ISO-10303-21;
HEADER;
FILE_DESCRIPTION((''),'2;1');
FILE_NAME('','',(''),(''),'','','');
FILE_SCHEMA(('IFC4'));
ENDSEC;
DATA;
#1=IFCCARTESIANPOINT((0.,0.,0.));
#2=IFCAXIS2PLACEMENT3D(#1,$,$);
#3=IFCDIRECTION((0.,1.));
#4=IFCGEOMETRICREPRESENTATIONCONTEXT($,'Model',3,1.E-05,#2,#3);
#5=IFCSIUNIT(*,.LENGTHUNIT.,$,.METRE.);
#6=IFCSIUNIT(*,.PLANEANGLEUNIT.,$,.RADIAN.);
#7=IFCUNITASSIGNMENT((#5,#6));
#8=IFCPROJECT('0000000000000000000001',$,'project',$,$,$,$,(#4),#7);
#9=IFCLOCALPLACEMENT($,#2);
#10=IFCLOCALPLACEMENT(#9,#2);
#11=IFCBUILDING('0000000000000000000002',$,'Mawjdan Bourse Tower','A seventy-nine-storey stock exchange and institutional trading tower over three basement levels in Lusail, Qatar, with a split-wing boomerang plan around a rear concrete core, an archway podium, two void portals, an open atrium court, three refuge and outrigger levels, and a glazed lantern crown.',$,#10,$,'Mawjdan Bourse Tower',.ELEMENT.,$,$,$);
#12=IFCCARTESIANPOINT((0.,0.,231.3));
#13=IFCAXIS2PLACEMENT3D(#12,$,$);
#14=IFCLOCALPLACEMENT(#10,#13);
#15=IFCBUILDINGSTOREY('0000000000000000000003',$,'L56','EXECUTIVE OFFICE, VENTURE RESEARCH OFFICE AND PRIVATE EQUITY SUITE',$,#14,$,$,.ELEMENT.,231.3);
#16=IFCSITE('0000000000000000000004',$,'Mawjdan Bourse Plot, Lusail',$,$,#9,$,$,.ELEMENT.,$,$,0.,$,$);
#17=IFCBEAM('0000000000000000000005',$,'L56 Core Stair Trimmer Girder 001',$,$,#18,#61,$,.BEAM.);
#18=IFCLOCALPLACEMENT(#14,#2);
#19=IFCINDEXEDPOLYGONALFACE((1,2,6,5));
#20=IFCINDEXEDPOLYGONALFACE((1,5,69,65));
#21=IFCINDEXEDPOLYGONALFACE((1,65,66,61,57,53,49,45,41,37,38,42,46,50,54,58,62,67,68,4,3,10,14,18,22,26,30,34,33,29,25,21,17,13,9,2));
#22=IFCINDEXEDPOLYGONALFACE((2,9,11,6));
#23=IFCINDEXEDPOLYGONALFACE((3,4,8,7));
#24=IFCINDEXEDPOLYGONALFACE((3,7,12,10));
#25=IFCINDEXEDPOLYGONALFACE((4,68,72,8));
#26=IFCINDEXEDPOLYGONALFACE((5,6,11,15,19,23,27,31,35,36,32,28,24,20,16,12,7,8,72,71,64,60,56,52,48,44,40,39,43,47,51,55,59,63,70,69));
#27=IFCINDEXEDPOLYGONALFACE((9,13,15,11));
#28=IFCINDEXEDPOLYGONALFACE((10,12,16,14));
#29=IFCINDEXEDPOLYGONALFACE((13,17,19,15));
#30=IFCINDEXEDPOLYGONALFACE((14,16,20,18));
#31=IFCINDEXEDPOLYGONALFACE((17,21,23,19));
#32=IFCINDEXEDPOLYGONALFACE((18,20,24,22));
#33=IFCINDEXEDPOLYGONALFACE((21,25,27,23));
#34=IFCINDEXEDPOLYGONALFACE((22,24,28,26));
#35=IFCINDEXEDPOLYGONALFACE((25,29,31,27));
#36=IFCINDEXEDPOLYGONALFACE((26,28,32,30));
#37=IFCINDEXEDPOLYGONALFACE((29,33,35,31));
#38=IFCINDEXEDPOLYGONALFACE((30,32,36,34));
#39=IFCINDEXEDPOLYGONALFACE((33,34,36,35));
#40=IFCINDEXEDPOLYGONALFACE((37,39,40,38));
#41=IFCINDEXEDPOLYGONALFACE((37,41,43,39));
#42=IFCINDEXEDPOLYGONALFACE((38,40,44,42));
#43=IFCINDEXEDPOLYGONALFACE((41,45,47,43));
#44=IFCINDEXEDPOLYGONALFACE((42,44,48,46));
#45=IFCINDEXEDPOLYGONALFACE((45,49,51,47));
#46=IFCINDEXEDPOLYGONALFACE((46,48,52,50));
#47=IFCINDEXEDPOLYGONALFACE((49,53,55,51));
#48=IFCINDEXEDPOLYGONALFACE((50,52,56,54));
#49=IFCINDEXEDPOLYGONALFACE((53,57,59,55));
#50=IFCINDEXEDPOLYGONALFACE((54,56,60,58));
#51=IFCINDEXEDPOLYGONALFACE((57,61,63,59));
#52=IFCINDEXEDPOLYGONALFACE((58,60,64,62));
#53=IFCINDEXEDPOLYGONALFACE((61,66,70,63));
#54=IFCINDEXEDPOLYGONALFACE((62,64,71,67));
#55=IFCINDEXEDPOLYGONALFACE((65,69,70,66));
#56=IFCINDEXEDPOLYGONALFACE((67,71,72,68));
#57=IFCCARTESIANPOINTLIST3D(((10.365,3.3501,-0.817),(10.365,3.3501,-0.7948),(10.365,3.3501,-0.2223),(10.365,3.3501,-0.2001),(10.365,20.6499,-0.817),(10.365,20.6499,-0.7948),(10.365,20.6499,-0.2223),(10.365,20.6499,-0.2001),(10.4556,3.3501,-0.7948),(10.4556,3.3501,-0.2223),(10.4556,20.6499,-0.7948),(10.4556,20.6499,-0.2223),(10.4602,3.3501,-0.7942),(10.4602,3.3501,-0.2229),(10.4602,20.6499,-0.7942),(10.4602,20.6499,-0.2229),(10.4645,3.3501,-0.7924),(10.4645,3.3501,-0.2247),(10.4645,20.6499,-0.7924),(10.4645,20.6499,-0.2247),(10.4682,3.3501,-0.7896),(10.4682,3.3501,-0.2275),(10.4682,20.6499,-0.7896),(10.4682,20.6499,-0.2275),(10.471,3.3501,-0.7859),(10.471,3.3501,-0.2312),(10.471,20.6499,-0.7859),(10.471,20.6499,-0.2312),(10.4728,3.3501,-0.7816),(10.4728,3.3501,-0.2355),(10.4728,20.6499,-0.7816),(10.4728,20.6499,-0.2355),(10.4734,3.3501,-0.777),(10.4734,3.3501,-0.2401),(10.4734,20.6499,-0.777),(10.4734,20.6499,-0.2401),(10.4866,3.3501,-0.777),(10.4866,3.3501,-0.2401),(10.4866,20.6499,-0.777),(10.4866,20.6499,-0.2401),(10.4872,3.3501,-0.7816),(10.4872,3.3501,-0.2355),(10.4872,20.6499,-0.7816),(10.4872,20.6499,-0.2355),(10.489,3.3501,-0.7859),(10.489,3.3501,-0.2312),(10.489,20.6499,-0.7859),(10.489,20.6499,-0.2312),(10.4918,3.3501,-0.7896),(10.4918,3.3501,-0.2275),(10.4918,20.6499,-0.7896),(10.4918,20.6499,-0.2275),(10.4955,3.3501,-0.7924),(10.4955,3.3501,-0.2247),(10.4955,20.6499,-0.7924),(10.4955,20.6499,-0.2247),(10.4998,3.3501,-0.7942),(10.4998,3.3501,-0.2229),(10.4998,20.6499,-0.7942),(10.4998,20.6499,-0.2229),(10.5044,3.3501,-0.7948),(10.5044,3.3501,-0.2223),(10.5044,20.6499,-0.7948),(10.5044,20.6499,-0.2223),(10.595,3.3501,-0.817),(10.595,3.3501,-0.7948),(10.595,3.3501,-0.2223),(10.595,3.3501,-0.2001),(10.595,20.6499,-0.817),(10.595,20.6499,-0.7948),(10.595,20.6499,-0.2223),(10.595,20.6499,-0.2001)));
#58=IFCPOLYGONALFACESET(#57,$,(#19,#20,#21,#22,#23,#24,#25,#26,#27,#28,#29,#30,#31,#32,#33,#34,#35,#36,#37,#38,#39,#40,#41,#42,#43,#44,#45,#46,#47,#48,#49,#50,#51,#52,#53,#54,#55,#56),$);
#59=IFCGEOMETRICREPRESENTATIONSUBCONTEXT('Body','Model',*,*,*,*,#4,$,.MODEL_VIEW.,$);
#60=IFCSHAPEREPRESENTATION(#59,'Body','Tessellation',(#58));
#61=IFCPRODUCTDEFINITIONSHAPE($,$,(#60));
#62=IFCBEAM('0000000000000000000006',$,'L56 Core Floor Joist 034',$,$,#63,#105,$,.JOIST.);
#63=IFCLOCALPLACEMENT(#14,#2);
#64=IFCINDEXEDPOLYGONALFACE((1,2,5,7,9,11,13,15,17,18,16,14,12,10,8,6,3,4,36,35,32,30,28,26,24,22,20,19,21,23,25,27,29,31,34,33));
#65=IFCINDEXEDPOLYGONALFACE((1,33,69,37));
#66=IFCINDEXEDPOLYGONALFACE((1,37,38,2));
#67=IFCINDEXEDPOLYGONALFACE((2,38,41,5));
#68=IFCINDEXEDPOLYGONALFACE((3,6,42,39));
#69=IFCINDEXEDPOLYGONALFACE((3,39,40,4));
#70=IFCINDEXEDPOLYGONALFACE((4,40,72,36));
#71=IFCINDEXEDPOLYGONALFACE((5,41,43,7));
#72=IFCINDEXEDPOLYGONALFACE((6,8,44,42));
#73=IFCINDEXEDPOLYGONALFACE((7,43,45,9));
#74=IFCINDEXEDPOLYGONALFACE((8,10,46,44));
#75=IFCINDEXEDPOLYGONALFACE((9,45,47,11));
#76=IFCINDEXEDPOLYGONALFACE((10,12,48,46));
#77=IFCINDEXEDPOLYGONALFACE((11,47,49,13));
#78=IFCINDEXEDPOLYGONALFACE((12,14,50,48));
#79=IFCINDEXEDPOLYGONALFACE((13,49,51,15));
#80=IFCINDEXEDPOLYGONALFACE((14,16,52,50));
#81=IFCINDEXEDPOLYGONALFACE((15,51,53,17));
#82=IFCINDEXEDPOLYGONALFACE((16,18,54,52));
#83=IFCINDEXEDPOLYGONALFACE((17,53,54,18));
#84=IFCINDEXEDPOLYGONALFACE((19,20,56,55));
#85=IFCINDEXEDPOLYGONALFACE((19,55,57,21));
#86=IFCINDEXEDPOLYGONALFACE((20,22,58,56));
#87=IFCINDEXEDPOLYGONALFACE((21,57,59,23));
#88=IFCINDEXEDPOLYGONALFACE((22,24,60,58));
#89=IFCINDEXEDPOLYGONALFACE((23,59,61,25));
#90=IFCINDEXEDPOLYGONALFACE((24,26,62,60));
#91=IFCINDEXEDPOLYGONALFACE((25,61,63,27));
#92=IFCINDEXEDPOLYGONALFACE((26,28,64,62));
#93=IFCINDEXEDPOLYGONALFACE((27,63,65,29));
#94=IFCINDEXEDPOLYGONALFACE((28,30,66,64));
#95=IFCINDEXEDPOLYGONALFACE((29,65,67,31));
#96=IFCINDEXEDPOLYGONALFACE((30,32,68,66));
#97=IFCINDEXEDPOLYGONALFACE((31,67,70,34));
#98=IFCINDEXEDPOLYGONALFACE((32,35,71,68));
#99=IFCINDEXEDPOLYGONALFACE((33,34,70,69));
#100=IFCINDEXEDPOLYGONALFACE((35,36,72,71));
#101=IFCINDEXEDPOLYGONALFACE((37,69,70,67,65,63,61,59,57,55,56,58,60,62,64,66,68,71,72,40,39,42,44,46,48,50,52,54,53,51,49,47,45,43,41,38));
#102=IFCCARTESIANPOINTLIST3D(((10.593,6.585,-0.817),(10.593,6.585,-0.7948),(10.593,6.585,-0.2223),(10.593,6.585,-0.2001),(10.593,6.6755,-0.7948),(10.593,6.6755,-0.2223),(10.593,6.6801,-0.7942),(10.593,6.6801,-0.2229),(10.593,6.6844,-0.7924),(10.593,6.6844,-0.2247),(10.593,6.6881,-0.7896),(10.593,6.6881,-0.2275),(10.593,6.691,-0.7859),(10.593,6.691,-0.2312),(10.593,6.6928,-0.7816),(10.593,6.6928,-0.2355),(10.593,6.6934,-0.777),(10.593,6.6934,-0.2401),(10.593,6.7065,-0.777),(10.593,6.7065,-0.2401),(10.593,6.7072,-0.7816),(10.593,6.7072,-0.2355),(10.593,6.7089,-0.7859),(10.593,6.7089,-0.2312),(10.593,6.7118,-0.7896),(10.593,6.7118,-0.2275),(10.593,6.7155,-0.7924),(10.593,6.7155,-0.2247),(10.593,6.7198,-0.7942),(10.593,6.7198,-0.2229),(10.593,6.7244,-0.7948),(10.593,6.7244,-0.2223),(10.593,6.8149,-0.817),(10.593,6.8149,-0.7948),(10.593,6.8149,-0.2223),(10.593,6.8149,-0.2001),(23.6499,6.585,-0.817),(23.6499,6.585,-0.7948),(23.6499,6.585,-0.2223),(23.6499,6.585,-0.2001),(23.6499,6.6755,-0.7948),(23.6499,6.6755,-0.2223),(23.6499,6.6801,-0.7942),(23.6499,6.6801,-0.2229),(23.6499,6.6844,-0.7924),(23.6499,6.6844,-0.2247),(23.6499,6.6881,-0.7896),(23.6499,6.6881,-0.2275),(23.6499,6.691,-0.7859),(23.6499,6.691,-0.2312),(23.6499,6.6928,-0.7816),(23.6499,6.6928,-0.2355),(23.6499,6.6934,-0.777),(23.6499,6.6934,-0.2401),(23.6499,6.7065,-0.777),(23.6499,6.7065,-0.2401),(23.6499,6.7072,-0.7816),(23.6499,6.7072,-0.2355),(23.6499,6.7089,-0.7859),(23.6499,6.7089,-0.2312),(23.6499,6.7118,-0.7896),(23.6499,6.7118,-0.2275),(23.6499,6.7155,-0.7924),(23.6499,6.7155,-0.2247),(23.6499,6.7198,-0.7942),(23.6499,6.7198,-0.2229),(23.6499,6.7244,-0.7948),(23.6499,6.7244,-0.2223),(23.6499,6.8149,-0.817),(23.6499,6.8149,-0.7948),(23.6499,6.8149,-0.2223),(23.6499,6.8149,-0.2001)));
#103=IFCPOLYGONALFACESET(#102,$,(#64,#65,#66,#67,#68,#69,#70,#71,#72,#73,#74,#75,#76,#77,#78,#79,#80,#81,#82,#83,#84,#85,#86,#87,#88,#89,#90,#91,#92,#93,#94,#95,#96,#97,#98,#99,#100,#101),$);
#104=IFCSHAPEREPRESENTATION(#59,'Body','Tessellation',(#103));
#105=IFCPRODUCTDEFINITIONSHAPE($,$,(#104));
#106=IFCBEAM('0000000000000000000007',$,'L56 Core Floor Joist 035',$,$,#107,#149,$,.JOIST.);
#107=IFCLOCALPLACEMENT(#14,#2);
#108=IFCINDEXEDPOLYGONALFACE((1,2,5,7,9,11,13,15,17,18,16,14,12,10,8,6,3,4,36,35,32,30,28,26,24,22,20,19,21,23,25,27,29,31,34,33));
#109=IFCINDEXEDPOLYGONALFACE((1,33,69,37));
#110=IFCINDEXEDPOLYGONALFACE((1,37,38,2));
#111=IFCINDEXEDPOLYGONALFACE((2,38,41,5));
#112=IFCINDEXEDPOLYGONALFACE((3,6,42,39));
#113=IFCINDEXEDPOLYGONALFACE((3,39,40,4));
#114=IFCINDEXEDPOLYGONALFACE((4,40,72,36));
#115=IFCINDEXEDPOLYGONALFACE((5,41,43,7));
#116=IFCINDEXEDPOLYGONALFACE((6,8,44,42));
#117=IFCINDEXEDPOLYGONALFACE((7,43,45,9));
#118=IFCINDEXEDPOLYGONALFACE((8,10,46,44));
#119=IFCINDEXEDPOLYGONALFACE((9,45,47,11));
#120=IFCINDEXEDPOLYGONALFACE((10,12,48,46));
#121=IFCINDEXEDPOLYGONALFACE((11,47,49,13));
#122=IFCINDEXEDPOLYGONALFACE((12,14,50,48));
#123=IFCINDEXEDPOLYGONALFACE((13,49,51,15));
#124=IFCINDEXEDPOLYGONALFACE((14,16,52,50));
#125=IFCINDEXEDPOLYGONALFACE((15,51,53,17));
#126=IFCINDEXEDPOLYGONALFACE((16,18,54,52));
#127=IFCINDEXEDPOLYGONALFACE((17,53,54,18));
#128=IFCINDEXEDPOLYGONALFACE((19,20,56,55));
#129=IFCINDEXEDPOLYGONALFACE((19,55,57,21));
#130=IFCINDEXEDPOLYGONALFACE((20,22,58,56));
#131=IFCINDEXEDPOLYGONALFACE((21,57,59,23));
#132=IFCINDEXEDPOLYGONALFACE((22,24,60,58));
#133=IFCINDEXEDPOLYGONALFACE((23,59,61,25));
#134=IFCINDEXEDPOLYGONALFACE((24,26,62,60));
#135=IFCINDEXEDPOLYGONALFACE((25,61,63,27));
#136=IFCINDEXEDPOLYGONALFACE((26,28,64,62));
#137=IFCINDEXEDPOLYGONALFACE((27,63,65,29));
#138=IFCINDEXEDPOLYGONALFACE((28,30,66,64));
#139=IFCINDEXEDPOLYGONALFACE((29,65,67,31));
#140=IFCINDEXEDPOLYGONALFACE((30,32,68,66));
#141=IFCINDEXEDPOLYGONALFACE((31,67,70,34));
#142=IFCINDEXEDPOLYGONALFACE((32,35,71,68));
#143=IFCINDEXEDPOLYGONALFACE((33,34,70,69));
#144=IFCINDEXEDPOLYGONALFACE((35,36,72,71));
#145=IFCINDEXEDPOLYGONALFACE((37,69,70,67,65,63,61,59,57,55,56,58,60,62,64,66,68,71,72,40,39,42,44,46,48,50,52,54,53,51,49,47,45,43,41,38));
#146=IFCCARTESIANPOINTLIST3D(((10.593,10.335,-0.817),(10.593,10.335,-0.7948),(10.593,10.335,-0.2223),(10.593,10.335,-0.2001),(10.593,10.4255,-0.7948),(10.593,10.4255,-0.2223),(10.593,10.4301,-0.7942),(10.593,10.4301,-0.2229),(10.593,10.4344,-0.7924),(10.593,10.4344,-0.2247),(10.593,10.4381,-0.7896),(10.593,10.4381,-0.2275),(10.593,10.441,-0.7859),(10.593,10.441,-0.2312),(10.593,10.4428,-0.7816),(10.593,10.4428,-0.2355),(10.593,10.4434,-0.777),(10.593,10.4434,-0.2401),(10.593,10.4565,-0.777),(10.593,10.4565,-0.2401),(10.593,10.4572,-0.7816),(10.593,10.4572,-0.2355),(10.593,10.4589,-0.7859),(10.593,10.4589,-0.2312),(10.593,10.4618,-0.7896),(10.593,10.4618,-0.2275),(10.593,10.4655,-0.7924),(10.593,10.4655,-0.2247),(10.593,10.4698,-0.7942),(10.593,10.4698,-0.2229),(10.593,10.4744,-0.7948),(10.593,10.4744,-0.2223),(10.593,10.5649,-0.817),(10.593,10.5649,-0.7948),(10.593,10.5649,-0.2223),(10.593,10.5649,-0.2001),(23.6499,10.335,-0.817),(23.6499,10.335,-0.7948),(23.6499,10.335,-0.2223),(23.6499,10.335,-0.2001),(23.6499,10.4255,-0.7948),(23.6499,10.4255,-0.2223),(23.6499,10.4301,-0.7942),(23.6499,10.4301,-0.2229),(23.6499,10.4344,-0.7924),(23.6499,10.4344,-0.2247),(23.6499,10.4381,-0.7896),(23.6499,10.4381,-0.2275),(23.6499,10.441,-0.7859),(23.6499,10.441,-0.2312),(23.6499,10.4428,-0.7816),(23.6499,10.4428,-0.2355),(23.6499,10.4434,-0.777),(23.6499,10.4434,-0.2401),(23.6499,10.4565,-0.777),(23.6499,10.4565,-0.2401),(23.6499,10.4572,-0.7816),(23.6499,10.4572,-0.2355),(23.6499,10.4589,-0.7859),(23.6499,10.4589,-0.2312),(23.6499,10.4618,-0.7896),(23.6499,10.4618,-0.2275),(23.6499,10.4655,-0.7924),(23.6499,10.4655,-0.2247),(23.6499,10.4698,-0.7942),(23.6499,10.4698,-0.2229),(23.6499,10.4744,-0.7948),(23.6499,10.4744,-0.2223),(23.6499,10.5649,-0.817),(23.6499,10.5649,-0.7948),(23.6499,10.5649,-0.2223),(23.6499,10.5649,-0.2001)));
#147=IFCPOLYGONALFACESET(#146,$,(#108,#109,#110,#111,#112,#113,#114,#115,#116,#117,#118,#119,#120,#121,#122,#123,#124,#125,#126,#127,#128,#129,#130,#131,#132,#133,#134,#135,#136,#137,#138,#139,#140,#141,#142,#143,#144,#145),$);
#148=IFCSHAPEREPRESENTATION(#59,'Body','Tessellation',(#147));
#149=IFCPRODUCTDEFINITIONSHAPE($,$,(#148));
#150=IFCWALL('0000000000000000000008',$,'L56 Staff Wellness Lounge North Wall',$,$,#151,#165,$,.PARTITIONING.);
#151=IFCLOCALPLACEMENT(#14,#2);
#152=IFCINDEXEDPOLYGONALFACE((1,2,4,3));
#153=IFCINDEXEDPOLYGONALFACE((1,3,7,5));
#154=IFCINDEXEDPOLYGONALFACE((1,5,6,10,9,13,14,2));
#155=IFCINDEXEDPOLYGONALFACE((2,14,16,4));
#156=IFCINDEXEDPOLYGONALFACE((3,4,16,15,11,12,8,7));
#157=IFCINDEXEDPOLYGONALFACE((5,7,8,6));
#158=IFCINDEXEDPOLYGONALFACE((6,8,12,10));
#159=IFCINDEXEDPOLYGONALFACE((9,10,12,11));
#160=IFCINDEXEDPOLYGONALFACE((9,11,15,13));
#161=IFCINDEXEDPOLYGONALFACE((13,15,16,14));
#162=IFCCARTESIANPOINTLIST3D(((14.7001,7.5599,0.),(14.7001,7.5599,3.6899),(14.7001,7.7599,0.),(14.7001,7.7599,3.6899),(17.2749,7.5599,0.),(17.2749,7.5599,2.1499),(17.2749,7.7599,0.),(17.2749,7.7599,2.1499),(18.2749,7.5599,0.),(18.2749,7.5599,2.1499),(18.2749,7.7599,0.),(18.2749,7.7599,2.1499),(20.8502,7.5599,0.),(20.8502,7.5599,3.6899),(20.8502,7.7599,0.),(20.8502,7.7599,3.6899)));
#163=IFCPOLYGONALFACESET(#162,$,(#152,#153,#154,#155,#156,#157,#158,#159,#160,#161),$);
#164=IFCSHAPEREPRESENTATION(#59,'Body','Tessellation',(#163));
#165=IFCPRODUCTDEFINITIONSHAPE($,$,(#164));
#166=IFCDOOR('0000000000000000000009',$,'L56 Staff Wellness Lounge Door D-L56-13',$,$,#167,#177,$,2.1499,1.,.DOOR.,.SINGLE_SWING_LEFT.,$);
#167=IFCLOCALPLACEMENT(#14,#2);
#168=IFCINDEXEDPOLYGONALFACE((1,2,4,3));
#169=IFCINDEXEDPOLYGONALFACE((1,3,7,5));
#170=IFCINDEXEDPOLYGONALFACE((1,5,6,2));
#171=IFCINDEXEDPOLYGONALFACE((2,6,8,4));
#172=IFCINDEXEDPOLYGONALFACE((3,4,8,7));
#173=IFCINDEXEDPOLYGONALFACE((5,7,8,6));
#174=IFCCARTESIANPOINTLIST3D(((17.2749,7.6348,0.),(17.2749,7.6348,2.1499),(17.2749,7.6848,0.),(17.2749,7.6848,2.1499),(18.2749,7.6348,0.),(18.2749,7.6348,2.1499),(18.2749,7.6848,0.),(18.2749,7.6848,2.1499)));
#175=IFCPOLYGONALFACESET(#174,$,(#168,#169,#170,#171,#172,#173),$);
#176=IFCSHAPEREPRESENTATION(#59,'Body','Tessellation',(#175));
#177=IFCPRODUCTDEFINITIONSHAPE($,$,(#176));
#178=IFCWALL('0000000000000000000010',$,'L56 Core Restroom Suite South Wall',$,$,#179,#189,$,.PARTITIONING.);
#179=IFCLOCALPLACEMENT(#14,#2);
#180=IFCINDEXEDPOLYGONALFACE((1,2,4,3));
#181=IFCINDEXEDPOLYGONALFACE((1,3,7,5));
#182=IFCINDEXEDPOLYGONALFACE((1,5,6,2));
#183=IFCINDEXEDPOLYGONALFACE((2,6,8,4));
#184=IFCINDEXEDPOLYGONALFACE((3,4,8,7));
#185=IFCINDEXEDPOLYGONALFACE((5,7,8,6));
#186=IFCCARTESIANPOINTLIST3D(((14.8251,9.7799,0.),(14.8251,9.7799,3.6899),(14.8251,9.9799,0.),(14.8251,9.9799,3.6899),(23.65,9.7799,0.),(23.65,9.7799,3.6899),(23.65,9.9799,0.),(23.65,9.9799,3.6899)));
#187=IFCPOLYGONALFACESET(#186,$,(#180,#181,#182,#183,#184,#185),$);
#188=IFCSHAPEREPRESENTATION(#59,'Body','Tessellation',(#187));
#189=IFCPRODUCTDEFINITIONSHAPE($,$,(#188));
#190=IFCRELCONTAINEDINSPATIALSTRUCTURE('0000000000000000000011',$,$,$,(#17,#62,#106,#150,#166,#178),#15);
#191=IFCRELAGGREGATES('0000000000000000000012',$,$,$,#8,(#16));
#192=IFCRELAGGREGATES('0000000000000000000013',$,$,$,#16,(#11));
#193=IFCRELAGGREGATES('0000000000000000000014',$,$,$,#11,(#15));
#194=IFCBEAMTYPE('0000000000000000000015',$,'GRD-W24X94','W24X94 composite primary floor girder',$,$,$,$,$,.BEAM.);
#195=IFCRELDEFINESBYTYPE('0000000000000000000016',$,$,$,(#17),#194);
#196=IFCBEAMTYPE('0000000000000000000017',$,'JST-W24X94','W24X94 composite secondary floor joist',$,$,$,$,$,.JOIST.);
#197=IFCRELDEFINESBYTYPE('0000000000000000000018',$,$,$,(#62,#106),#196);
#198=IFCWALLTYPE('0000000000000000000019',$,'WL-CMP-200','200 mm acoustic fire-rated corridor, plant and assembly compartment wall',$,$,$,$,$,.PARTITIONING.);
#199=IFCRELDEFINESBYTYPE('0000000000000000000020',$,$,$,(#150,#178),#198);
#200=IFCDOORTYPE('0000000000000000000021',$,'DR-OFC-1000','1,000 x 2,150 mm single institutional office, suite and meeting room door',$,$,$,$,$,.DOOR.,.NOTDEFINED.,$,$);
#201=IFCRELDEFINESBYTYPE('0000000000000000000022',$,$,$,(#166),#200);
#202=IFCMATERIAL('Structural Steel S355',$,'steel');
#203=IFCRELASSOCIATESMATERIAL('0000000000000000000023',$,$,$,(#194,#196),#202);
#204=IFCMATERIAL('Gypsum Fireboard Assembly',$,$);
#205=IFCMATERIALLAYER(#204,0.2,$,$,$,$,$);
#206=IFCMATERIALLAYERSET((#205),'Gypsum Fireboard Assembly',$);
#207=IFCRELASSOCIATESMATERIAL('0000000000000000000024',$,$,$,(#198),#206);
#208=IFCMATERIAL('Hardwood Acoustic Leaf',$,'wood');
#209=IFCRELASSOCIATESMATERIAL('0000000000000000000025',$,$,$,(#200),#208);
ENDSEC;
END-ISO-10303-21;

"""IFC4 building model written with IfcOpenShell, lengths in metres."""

from ifc_helpers import new_model, si_unit, direction, frame, frame_2d, origin, origin_2d, place, context, subcontext, project, spatial, rectangle, i_section, extrude, material, layer, layer_set, material_profile, profile_set, type_object, element, fill, save


model = new_model("IFC4")

# Units and contexts
model_context = context("Model", 3, precision=1e-05, world=origin(), true_north=direction((0.0, 1.0)))
body_context = subcontext(model_context, "Body", "Model", "MODEL_VIEW")
ifc_project = project(units=[si_unit("LENGTHUNIT", "METRE"), si_unit("PLANEANGLEUNIT", "RADIAN")], contexts=[model_context])

# Site, building, storey
site_placement = place(None, origin())
site = spatial("IfcSite", under=ifc_project, at=site_placement, Name="Mawjdan Bourse Plot, Lusail", CompositionType="ELEMENT", RefElevation=0.0)
building_placement = place(site_placement, origin())
building = spatial("IfcBuilding", under=site, at=building_placement, Name="Mawjdan Bourse Tower", Description="A seventy-nine-storey stock exchange and institutional trading tower over three basement levels in Lusail, Qatar, with a split-wing boomerang plan around a rear concrete core, an archway podium, two void portals, an open atrium court, three refuge and outrigger levels, and a glazed lantern crown.", LongName="Mawjdan Bourse Tower", CompositionType="ELEMENT")
storey_placement = place(building_placement, frame((0.0, 0.0, 231.3)))
storey = spatial("IfcBuildingStorey", under=building, at=storey_placement, Name="L56", Description="EXECUTIVE OFFICE, VENTURE RESEARCH OFFICE AND PRIVATE EQUITY SUITE", CompositionType="ELEMENT", Elevation=231.3)

# Beams
ifc_material_1 = material(Name="Structural Steel S355", Category="steel")
ifc_material_profile_1 = material_profile(ifc_material_1, i_section(OverallWidth=0.23, OverallDepth=0.6169, WebThickness=0.0132, FlangeThickness=0.0222, FilletRadius=0.0178, at=origin_2d()), Name="W24X94")
ifc_profile_set_1 = profile_set([ifc_material_profile_1], Name="Structural Steel S355")
beam_type_1 = type_object("IfcBeamType", Name="GRD-W24X94", Description="W24X94 composite primary floor girder", PredefinedType="BEAM", material=ifc_profile_set_1)
beam_placement = place(storey_placement, frame((10.48, 3.3501, -0.5085), z_axis=(0.0, 1.0, 0.0), x_axis=(-1.0, 0.0, 0.0)))
element("IfcBeam", 1, at=beam_placement, inside=storey, type_object=beam_type_1, Name="L56 Core Stair Trimmer Girder 001", PredefinedType="BEAM", context=body_context, shape_type="SweptSolid", body=[
    extrude(i_section(OverallWidth=0.23, OverallDepth=0.6169, WebThickness=0.0132, FlangeThickness=0.0222, FilletRadius=0.0178, at=origin_2d()), origin(), (0.0, 0.0, 1.0), 17.2998),
])
ifc_material_profile_2 = material_profile(ifc_material_1, i_section(OverallWidth=0.23, OverallDepth=0.6169, WebThickness=0.0132, FlangeThickness=0.0222, FilletRadius=0.0178, at=origin_2d()), Name="W24X94")
ifc_profile_set_2 = profile_set([ifc_material_profile_2], Name="Structural Steel S355")
beam_type_2 = type_object("IfcBeamType", Name="JST-W24X94", Description="W24X94 composite secondary floor joist", PredefinedType="JOIST", material=ifc_profile_set_2)
for number, where, z_axis, x_axis, name in (
    (2, (10.593, 6.7, -0.5085), (1.0, 0.0, 0.0), (0.0, 1.0, 0.0), "L56 Core Floor Joist 034"),
    (3, (10.593, 10.45, -0.5085), (1.0, 0.0, 0.0), (0.0, 1.0, 0.0), "L56 Core Floor Joist 035"),
):
    element("IfcBeam", number, at=place(storey_placement, frame(where, z_axis=z_axis, x_axis=x_axis)), inside=storey, type_object=beam_type_2, Name=name, PredefinedType="JOIST", context=body_context, shape_type="SweptSolid", body=[
        extrude(i_section(OverallWidth=0.23, OverallDepth=0.6169, WebThickness=0.0132, FlangeThickness=0.0222, FilletRadius=0.0178, at=origin_2d()), origin(), (0.0, 0.0, 1.0), 13.0569),
    ])

# Wall, opening, door
ifc_material_2 = material(Name="Gypsum Fireboard Assembly")
ifc_layer_1 = layer(ifc_material_2, 0.2)
ifc_layer_set_1 = layer_set([ifc_layer_1], Name="Gypsum Fireboard Assembly")
wall_type_1 = type_object("IfcWallType", Name="WL-CMP-200", Description="200 mm acoustic fire-rated corridor, plant and assembly compartment wall", PredefinedType="PARTITIONING", material=ifc_layer_set_1)
wall_1_placement = place(storey_placement, frame((14.7, 7.6599, 0.0), z_axis=(0.0, 0.0, 1.0), x_axis=(1.0, 0.0, 0.0)))
wall_1 = element("IfcWall", 4, at=wall_1_placement, inside=storey, type_object=wall_type_1, Name="L56 Staff Wellness Lounge North Wall", PredefinedType="PARTITIONING", context=body_context, shape_type="SweptSolid", body=[
    extrude(rectangle(XDim=6.1501, YDim=0.2, at=frame_2d((3.0752, 0.0))), origin(), (0.0, 0.0, 1.0), 3.6899),
])
opening_1_placement = place(wall_1_placement, frame((2.575, 0.0, 0.0)))
opening_1 = element("IfcOpeningElement", 5, at=opening_1_placement, cuts=wall_1, PredefinedType="OPENING", context=body_context, shape_type="SweptSolid", body=[
    extrude(rectangle(XDim=1.0, YDim=2.1499, at=frame_2d((0.5, 1.075))), frame((0.0, 0.1099, 0.0), z_axis=(0.0, -1.0, 0.0), x_axis=(1.0, 0.0, 0.0)), (0.0, 0.0, 1.0), 0.22),
])
ifc_material_3 = material(Name="Hardwood Acoustic Leaf", Category="wood")
door_type_1 = type_object("IfcDoorType", Name="DR-OFC-1000", Description="1,000 x 2,150 mm single institutional office, suite and meeting room door", OperationType="NOTDEFINED", PredefinedType="DOOR", material=ifc_material_3)
door_1_placement = place(opening_1_placement, origin())
door_1 = element("IfcDoor", 6, at=door_1_placement, inside=storey, type_object=door_type_1, Name="L56 Staff Wellness Lounge Door D-L56-13", OperationType="SINGLE_SWING_LEFT", OverallHeight=2.1499, OverallWidth=1.0, PredefinedType="DOOR", context=body_context, shape_type="SweptSolid", body=[
    extrude(rectangle(XDim=1.0, YDim=2.1499, at=frame_2d((0.5, 1.075))), frame((0.0, 0.0249, 0.0), z_axis=(0.0, -1.0, 0.0), x_axis=(1.0, 0.0, 0.0)), (0.0, 0.0, 1.0), 0.05),
])
fill(opening_1, door_1)

# Wall
wall_2_placement = place(storey_placement, frame((14.825, 9.8799, 0.0), z_axis=(0.0, 0.0, 1.0), x_axis=(1.0, 0.0, 0.0)))
element("IfcWall", 7, at=wall_2_placement, inside=storey, type_object=wall_type_1, Name="L56 Core Restroom Suite South Wall", PredefinedType="PARTITIONING", context=body_context, shape_type="SweptSolid", body=[
    extrude(rectangle(XDim=8.825, YDim=0.2, at=frame_2d((4.4126, 0.0))), origin(), (0.0, 0.0, 1.0), 3.6899),
])

save(model, "model.ifc")
